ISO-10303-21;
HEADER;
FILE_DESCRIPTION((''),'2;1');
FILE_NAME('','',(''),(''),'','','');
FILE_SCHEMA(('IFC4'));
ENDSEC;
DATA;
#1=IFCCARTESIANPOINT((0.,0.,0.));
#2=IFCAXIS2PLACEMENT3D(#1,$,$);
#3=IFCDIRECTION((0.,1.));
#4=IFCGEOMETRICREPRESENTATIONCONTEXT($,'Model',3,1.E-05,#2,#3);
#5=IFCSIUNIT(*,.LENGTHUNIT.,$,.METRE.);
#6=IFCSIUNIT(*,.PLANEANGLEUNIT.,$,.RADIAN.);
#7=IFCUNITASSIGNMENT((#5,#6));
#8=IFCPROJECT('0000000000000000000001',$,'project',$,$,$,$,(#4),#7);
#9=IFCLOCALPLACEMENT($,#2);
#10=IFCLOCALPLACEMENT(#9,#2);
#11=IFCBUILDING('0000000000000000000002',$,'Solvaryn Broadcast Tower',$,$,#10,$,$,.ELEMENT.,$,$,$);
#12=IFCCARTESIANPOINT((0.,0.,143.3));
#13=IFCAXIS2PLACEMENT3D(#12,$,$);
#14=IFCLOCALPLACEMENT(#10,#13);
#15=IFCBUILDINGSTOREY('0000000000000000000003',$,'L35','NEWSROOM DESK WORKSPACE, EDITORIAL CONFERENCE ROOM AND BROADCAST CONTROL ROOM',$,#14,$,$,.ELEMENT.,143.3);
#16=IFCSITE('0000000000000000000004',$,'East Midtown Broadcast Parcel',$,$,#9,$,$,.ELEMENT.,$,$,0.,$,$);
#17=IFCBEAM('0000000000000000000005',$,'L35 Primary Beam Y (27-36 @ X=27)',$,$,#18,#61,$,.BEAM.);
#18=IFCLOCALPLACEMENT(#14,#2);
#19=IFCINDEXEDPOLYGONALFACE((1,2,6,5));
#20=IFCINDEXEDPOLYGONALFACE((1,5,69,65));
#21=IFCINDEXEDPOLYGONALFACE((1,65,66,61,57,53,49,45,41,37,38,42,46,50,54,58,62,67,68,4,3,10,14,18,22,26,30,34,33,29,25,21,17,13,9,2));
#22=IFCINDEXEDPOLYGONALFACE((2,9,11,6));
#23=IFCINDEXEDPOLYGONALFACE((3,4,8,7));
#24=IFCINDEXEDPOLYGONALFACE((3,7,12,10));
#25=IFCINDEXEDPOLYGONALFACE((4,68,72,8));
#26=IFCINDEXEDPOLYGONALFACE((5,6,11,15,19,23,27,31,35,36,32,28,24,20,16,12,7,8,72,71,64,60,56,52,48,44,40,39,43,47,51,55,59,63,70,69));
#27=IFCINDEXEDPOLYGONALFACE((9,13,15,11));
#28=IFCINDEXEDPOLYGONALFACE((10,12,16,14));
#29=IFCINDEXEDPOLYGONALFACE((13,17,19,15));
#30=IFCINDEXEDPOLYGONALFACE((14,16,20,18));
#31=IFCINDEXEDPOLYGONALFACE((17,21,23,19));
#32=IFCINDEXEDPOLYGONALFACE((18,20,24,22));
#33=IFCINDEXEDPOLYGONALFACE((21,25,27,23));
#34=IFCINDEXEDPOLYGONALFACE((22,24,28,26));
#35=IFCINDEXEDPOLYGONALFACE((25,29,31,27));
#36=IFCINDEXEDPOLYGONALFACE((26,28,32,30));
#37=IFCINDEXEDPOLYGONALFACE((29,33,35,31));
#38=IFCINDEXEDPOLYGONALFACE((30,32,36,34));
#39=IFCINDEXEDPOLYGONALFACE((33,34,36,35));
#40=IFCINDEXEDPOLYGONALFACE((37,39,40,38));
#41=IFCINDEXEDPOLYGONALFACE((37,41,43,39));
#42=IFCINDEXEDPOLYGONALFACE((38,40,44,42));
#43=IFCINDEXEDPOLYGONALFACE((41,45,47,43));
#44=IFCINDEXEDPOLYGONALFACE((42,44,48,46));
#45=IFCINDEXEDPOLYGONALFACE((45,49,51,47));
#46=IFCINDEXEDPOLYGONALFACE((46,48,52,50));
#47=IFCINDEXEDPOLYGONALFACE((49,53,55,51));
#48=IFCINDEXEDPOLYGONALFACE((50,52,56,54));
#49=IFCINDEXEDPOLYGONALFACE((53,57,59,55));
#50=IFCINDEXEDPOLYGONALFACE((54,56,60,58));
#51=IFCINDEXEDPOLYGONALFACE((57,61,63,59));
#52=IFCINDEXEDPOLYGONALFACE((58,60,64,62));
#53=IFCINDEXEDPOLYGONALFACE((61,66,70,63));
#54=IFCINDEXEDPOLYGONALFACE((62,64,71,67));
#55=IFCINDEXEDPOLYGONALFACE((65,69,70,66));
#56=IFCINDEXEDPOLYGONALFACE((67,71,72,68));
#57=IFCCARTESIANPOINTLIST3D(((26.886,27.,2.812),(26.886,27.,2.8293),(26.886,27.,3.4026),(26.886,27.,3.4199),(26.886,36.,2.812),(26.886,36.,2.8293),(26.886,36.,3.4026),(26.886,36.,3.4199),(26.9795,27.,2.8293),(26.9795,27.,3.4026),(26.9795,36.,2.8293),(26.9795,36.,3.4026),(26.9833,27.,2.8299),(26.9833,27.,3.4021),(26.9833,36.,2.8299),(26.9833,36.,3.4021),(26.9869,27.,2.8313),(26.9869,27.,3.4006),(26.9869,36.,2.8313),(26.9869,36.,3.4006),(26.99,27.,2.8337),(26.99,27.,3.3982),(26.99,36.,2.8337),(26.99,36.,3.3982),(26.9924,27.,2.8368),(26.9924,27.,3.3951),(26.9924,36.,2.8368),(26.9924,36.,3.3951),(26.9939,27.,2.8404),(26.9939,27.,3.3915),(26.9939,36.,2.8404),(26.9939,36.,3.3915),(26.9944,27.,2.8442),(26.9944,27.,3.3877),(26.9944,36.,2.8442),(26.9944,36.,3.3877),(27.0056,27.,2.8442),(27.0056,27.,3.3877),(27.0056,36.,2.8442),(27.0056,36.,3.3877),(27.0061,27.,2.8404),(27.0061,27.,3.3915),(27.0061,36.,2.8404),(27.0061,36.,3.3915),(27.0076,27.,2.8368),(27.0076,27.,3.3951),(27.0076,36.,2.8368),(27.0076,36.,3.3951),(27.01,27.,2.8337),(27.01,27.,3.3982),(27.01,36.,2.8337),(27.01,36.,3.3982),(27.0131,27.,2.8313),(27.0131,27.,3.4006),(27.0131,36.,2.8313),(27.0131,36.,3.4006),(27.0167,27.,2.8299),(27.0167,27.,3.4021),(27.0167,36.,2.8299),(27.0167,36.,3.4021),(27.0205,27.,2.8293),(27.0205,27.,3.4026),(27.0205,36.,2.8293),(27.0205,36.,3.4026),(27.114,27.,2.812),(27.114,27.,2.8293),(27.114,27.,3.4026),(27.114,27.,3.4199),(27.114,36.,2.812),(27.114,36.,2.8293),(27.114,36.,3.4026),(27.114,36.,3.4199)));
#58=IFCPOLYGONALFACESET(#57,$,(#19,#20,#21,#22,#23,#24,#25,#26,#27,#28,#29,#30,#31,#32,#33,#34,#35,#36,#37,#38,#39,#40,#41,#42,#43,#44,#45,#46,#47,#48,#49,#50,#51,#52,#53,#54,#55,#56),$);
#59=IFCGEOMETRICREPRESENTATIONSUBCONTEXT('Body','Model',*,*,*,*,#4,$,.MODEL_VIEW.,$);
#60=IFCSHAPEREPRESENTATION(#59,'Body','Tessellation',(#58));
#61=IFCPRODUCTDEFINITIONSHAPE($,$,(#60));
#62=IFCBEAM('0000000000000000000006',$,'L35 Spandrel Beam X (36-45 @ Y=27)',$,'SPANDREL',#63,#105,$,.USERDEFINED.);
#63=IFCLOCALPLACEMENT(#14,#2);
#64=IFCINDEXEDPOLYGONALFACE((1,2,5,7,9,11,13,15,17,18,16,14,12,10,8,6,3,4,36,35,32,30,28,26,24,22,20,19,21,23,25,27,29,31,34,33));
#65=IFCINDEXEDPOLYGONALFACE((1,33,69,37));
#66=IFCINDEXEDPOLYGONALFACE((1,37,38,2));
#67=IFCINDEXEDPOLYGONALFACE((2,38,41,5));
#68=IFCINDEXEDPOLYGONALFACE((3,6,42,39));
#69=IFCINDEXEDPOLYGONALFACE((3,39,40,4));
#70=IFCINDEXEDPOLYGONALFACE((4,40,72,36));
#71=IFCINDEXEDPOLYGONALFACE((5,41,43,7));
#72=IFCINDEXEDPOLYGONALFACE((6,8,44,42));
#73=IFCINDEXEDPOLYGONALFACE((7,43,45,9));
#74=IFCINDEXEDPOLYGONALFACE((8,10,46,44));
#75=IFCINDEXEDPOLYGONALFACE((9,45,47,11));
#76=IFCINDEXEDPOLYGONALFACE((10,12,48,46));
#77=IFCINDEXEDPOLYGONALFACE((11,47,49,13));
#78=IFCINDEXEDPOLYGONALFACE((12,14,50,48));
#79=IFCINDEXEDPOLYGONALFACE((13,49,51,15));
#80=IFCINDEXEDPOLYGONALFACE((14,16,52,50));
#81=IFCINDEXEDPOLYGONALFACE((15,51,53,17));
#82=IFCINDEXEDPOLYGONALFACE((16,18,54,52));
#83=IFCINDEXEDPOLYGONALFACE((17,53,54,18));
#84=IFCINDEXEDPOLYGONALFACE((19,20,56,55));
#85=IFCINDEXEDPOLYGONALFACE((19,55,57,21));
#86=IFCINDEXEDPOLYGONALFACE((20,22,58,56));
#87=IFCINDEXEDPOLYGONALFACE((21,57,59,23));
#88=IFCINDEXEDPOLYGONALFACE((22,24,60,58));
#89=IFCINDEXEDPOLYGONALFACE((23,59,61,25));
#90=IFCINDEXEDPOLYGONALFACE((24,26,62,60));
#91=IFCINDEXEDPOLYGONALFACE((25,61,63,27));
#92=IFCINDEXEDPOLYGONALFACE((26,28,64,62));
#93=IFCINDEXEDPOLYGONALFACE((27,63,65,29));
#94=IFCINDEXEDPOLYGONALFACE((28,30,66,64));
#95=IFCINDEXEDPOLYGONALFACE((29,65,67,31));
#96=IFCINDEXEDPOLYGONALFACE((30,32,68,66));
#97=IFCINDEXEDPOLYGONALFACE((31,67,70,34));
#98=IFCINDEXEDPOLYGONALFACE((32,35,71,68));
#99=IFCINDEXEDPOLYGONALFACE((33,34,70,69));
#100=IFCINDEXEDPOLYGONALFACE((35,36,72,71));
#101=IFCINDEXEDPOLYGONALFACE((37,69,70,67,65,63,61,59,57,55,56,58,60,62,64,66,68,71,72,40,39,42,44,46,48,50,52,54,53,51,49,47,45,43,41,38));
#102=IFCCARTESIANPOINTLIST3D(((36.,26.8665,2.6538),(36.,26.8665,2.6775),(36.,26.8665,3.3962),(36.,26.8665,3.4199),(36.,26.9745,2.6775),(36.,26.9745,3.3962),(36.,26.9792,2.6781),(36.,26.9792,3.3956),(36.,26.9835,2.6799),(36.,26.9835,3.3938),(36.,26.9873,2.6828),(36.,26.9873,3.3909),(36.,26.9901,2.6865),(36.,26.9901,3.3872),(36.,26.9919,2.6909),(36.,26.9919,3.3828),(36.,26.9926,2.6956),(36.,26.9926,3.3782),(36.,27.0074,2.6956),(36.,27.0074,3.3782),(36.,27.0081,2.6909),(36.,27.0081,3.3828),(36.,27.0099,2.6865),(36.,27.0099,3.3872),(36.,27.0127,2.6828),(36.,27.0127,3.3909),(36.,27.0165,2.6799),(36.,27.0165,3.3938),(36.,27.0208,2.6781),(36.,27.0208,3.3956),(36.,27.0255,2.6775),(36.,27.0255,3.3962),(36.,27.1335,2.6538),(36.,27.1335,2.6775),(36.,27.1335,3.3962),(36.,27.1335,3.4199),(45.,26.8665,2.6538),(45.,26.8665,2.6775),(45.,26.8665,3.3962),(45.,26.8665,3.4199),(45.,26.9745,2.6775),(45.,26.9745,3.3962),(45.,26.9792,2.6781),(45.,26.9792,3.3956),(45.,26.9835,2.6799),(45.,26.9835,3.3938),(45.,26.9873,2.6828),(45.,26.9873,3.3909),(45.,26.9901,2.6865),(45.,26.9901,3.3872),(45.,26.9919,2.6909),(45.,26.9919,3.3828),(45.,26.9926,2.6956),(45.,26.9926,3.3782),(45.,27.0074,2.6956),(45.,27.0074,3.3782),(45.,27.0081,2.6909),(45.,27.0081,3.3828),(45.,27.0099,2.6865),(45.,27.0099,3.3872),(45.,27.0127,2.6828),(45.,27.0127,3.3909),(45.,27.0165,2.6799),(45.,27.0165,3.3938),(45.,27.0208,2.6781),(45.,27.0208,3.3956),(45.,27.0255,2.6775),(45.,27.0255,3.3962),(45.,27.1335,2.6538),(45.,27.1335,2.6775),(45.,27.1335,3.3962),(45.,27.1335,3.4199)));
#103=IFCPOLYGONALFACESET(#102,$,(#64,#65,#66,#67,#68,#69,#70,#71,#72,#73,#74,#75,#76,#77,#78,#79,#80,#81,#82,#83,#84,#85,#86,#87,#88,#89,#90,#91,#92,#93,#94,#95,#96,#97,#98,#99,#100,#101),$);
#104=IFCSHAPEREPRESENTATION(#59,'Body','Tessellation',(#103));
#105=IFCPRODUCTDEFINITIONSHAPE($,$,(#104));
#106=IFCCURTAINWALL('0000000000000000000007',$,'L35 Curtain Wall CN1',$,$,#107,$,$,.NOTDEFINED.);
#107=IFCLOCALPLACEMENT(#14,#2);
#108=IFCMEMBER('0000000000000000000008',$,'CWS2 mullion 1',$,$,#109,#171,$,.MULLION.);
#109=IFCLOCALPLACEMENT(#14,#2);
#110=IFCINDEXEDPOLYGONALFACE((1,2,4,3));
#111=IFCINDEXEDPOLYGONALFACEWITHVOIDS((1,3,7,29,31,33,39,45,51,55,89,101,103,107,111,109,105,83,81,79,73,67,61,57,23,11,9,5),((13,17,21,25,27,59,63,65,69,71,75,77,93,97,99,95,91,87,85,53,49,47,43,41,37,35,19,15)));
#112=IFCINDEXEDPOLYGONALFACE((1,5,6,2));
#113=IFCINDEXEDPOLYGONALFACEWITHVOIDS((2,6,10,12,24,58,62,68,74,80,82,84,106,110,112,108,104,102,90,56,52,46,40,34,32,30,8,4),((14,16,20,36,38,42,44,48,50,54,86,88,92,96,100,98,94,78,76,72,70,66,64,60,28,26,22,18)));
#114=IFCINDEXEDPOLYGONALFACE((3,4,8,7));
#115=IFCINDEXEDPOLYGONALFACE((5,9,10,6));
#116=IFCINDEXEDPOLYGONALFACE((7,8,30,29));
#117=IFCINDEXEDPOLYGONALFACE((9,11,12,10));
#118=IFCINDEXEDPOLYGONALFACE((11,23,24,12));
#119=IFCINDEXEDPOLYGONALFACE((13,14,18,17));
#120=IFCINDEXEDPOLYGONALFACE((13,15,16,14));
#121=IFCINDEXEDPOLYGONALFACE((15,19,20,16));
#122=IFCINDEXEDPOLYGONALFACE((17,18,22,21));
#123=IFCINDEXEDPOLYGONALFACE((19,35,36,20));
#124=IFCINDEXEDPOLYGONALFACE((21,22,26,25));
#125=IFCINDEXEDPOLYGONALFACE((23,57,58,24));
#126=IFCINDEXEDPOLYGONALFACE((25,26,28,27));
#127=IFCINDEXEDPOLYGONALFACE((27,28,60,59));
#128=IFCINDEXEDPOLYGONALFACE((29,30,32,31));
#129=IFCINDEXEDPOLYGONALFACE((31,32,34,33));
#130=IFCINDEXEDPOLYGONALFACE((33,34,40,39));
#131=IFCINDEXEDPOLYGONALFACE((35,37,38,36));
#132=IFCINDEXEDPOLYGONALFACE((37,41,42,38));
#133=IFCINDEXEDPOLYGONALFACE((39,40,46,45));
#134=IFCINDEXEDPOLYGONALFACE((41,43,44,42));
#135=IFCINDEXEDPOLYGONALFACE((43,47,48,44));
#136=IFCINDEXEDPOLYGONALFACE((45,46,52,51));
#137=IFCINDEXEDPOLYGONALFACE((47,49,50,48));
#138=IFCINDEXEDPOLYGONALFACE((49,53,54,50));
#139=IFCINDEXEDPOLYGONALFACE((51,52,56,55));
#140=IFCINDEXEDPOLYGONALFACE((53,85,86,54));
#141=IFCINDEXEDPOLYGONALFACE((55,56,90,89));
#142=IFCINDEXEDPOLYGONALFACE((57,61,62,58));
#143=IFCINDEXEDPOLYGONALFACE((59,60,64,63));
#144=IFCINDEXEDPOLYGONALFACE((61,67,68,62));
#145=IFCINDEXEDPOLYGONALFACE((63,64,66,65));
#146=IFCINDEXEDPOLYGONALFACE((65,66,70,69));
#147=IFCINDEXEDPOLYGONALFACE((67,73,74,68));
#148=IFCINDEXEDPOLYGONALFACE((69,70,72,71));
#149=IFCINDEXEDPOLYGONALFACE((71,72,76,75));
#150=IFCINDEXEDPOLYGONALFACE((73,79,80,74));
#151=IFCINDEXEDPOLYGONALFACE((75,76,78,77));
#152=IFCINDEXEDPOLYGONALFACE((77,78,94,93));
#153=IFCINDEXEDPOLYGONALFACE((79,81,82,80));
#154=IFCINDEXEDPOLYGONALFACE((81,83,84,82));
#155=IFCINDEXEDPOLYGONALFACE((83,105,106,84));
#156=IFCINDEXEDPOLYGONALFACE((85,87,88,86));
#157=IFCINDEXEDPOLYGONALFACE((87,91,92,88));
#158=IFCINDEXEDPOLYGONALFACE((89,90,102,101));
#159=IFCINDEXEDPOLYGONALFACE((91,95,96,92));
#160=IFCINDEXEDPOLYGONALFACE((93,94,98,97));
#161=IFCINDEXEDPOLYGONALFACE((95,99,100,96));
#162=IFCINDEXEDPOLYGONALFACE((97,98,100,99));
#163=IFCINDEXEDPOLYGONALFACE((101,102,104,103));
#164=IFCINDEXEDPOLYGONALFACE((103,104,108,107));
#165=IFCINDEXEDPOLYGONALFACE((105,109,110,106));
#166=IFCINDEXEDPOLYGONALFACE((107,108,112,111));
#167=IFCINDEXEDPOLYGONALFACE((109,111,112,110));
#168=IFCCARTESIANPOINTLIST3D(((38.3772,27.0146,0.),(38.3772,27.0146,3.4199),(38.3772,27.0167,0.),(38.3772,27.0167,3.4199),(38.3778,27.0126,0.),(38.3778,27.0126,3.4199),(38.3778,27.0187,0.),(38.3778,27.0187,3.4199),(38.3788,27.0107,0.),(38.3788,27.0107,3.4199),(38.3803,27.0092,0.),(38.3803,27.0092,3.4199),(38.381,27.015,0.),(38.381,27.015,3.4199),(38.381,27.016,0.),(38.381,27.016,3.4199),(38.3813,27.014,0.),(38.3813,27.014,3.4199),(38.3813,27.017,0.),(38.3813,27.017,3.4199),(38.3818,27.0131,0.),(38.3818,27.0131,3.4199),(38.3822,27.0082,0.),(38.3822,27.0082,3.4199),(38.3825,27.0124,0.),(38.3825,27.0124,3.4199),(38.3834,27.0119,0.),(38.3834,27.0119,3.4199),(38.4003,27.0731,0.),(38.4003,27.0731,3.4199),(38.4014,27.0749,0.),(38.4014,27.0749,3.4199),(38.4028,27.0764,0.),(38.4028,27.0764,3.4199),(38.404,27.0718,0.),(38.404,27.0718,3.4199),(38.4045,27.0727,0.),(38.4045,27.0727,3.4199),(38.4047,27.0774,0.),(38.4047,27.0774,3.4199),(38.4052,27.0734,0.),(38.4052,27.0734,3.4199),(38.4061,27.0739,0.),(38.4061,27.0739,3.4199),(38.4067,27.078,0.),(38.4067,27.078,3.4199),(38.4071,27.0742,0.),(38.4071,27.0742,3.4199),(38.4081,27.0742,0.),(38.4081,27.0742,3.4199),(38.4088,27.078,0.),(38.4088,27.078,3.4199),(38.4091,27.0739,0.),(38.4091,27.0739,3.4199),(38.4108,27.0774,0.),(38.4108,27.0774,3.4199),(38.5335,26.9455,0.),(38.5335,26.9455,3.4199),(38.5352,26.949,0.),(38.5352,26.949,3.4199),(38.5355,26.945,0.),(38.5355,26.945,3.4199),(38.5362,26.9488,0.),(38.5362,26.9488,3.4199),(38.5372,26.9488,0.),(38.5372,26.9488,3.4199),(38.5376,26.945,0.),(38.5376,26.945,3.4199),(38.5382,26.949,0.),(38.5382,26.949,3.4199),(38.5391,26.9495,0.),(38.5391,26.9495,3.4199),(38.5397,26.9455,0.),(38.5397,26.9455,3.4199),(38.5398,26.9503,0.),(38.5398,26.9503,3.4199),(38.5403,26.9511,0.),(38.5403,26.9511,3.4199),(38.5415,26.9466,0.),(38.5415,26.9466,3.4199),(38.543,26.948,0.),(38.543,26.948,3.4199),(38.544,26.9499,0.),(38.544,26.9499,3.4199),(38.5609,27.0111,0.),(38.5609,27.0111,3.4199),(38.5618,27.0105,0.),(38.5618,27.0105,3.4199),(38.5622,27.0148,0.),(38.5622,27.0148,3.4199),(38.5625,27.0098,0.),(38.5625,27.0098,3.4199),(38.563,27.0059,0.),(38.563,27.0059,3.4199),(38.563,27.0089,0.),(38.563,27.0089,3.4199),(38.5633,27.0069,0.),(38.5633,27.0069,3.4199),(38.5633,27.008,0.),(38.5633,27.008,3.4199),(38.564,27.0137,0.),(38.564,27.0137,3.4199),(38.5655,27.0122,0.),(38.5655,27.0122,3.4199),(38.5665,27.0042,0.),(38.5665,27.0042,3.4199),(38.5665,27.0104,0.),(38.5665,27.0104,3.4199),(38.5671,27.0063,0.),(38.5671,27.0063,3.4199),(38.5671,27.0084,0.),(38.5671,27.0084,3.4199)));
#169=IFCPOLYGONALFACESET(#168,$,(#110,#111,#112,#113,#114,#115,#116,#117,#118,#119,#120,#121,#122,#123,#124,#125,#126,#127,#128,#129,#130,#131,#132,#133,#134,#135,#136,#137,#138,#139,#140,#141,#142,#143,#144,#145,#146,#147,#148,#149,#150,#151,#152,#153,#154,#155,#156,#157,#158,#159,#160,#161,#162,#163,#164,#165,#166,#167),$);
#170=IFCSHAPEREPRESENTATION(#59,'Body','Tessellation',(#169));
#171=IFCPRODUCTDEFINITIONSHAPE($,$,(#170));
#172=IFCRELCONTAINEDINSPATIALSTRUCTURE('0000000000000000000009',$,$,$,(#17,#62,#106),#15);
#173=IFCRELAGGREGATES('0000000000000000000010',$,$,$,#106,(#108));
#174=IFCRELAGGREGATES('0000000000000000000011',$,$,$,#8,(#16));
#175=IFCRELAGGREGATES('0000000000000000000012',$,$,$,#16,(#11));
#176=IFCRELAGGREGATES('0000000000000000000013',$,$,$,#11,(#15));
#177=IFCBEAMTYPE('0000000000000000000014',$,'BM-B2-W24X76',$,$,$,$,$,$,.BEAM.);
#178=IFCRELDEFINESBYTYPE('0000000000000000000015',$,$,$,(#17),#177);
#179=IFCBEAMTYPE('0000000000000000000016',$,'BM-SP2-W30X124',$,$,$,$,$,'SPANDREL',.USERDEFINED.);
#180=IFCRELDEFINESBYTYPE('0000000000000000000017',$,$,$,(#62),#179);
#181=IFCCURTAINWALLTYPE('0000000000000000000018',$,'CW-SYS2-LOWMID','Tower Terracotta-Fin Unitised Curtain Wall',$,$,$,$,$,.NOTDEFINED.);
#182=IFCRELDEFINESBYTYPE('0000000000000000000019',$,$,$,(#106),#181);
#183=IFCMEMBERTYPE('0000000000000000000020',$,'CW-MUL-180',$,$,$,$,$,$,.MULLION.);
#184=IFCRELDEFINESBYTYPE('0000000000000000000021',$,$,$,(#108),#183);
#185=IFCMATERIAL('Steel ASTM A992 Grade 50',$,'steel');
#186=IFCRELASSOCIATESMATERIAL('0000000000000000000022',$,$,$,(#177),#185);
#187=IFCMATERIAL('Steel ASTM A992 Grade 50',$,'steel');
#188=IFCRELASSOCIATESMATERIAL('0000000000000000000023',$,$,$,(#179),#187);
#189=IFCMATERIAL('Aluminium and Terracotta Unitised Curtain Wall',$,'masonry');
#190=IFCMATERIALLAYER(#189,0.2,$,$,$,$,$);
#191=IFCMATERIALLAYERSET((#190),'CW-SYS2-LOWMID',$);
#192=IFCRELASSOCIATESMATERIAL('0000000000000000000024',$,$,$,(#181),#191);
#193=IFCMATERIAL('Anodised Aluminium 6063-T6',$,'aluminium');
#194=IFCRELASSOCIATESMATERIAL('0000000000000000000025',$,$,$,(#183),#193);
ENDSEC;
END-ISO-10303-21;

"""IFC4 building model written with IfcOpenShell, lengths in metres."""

from ifc_helpers import new_model, si_unit, direction, frame, origin, origin_2d, place, context, subcontext, project, spatial, hollow_rectangle, i_section, extrude, material, layer, layer_set, material_profile, profile_set, type_object, element, aggregate, save


model = new_model("IFC4")

# Units and contexts
model_context = context("Model", 3, precision=1e-05, world=origin(), true_north=direction((0.0, 1.0)))
body_context = subcontext(model_context, "Body", "Model", "MODEL_VIEW")
ifc_project = project(units=[si_unit("LENGTHUNIT", "METRE"), si_unit("PLANEANGLEUNIT", "RADIAN")], contexts=[model_context])

# Site, building, storey
site_placement = place(None, origin())
site = spatial("IfcSite", under=ifc_project, at=site_placement, Name="East Midtown Broadcast Parcel", CompositionType="ELEMENT", RefElevation=0.0)
building_placement = place(site_placement, origin())
building = spatial("IfcBuilding", under=site, at=building_placement, Name="Solvaryn Broadcast Tower", CompositionType="ELEMENT")
storey_placement = place(building_placement, frame((0.0, 0.0, 143.3)))
storey = spatial("IfcBuildingStorey", under=building, at=storey_placement, Name="L35", Description="NEWSROOM DESK WORKSPACE, EDITORIAL CONFERENCE ROOM AND BROADCAST CONTROL ROOM", CompositionType="ELEMENT", Elevation=143.3)

# Beams
ifc_material_1 = material(Name="Steel ASTM A992 Grade 50", Category="steel")
ifc_material_profile_1 = material_profile(ifc_material_1, i_section(OverallWidth=0.228, OverallDepth=0.6079, WebThickness=0.0112, FlangeThickness=0.0173, FilletRadius=0.0149, at=origin_2d()))
ifc_profile_set_1 = profile_set([ifc_material_profile_1], Name="Steel ASTM A992 Grade 50")
beam_type_1 = type_object("IfcBeamType", Name="BM-B2-W24X76", PredefinedType="BEAM", material=ifc_profile_set_1)
beam_1_placement = place(storey_placement, frame((27.0, 27.0, 3.116), z_axis=(0.0, 1.0, 0.0), x_axis=(-1.0, 0.0, 0.0)))
element("IfcBeam", 1, at=beam_1_placement, inside=storey, type_object=beam_type_1, Name="L35 Primary Beam Y (27-36 @ X=27)", PredefinedType="BEAM", context=body_context, shape_type="SweptSolid", body=[
    extrude(i_section(OverallWidth=0.228, OverallDepth=0.6079, WebThickness=0.0112, FlangeThickness=0.0173, FilletRadius=0.0149, at=origin_2d()), origin(), (0.0, 0.0, 1.0), 9.0),
])
ifc_material_2 = material(Name="Steel ASTM A992 Grade 50", Category="steel")
ifc_material_profile_2 = material_profile(ifc_material_2, i_section(OverallWidth=0.2671, OverallDepth=0.7661, WebThickness=0.0149, FlangeThickness=0.0237, FilletRadius=0.0181, at=origin_2d()))
ifc_profile_set_2 = profile_set([ifc_material_profile_2], Name="Steel ASTM A992 Grade 50")
beam_type_2 = type_object("IfcBeamType", Name="BM-SP2-W30X124", ElementType="SPANDREL", PredefinedType="USERDEFINED", material=ifc_profile_set_2)
beam_2_placement = place(storey_placement, frame((36.0, 27.0, 3.0369), z_axis=(1.0, 0.0, 0.0), x_axis=(0.0, 1.0, 0.0)))
element("IfcBeam", 2, at=beam_2_placement, inside=storey, type_object=beam_type_2, Name="L35 Spandrel Beam X (36-45 @ Y=27)", ObjectType="SPANDREL", PredefinedType="USERDEFINED", context=body_context, shape_type="SweptSolid", body=[
    extrude(i_section(OverallWidth=0.2671, OverallDepth=0.7661, WebThickness=0.0149, FlangeThickness=0.0237, FilletRadius=0.0181, at=origin_2d()), origin(), (0.0, 0.0, 1.0), 9.0),
])

# Curtain wall, member
ifc_material_3 = material(Name="Aluminium and Terracotta Unitised Curtain Wall", Category="masonry")
ifc_layer_1 = layer(ifc_material_3, 0.2)
ifc_layer_set_1 = layer_set([ifc_layer_1], Name="CW-SYS2-LOWMID")
curtain_wall_type = type_object("IfcCurtainWallType", Name="CW-SYS2-LOWMID", Description="Tower Terracotta-Fin Unitised Curtain Wall", PredefinedType="NOTDEFINED", material=ifc_layer_set_1)
curtain_wall_1_placement = place(storey_placement, origin())
curtain_wall_1 = element("IfcCurtainWall", 3, at=curtain_wall_1_placement, inside=storey, type_object=curtain_wall_type, Name="L35 Curtain Wall CN1", PredefinedType="NOTDEFINED")
ifc_material_4 = material(Name="Anodised Aluminium 6063-T6", Category="aluminium")
ifc_material_profile_3 = material_profile(ifc_material_4, hollow_rectangle(XDim=0.075, YDim=0.1799, WallThickness=0.0039, InnerFilletRadius=0.0039, OuterFilletRadius=0.0081, at=origin_2d()))
ifc_profile_set_3 = profile_set([ifc_material_profile_3], Name="Anodised Aluminium 6063-T6")
member_type_1 = type_object("IfcMemberType", Name="CW-MUL-180", PredefinedType="MULLION", material=ifc_profile_set_3)
member_1_placement = place(storey_placement, frame((38.4722, 27.0115, 0.0), z_axis=(0.0, 0.0, 1.0), x_axis=(-0.382646, -0.923895, 0.0)))
member_1 = element("IfcMember", 4, at=member_1_placement, type_object=member_type_1, Name="CWS2 mullion 1", PredefinedType="MULLION", context=body_context, shape_type="SweptSolid", body=[
    extrude(hollow_rectangle(XDim=0.075, YDim=0.1799, WallThickness=0.0039, InnerFilletRadius=0.0039, OuterFilletRadius=0.0081, at=origin_2d()), origin(), (0.0, 0.0, 1.0), 3.4199),
])

aggregate(curtain_wall_1, [member_1])

save(model, "model.ifc")
